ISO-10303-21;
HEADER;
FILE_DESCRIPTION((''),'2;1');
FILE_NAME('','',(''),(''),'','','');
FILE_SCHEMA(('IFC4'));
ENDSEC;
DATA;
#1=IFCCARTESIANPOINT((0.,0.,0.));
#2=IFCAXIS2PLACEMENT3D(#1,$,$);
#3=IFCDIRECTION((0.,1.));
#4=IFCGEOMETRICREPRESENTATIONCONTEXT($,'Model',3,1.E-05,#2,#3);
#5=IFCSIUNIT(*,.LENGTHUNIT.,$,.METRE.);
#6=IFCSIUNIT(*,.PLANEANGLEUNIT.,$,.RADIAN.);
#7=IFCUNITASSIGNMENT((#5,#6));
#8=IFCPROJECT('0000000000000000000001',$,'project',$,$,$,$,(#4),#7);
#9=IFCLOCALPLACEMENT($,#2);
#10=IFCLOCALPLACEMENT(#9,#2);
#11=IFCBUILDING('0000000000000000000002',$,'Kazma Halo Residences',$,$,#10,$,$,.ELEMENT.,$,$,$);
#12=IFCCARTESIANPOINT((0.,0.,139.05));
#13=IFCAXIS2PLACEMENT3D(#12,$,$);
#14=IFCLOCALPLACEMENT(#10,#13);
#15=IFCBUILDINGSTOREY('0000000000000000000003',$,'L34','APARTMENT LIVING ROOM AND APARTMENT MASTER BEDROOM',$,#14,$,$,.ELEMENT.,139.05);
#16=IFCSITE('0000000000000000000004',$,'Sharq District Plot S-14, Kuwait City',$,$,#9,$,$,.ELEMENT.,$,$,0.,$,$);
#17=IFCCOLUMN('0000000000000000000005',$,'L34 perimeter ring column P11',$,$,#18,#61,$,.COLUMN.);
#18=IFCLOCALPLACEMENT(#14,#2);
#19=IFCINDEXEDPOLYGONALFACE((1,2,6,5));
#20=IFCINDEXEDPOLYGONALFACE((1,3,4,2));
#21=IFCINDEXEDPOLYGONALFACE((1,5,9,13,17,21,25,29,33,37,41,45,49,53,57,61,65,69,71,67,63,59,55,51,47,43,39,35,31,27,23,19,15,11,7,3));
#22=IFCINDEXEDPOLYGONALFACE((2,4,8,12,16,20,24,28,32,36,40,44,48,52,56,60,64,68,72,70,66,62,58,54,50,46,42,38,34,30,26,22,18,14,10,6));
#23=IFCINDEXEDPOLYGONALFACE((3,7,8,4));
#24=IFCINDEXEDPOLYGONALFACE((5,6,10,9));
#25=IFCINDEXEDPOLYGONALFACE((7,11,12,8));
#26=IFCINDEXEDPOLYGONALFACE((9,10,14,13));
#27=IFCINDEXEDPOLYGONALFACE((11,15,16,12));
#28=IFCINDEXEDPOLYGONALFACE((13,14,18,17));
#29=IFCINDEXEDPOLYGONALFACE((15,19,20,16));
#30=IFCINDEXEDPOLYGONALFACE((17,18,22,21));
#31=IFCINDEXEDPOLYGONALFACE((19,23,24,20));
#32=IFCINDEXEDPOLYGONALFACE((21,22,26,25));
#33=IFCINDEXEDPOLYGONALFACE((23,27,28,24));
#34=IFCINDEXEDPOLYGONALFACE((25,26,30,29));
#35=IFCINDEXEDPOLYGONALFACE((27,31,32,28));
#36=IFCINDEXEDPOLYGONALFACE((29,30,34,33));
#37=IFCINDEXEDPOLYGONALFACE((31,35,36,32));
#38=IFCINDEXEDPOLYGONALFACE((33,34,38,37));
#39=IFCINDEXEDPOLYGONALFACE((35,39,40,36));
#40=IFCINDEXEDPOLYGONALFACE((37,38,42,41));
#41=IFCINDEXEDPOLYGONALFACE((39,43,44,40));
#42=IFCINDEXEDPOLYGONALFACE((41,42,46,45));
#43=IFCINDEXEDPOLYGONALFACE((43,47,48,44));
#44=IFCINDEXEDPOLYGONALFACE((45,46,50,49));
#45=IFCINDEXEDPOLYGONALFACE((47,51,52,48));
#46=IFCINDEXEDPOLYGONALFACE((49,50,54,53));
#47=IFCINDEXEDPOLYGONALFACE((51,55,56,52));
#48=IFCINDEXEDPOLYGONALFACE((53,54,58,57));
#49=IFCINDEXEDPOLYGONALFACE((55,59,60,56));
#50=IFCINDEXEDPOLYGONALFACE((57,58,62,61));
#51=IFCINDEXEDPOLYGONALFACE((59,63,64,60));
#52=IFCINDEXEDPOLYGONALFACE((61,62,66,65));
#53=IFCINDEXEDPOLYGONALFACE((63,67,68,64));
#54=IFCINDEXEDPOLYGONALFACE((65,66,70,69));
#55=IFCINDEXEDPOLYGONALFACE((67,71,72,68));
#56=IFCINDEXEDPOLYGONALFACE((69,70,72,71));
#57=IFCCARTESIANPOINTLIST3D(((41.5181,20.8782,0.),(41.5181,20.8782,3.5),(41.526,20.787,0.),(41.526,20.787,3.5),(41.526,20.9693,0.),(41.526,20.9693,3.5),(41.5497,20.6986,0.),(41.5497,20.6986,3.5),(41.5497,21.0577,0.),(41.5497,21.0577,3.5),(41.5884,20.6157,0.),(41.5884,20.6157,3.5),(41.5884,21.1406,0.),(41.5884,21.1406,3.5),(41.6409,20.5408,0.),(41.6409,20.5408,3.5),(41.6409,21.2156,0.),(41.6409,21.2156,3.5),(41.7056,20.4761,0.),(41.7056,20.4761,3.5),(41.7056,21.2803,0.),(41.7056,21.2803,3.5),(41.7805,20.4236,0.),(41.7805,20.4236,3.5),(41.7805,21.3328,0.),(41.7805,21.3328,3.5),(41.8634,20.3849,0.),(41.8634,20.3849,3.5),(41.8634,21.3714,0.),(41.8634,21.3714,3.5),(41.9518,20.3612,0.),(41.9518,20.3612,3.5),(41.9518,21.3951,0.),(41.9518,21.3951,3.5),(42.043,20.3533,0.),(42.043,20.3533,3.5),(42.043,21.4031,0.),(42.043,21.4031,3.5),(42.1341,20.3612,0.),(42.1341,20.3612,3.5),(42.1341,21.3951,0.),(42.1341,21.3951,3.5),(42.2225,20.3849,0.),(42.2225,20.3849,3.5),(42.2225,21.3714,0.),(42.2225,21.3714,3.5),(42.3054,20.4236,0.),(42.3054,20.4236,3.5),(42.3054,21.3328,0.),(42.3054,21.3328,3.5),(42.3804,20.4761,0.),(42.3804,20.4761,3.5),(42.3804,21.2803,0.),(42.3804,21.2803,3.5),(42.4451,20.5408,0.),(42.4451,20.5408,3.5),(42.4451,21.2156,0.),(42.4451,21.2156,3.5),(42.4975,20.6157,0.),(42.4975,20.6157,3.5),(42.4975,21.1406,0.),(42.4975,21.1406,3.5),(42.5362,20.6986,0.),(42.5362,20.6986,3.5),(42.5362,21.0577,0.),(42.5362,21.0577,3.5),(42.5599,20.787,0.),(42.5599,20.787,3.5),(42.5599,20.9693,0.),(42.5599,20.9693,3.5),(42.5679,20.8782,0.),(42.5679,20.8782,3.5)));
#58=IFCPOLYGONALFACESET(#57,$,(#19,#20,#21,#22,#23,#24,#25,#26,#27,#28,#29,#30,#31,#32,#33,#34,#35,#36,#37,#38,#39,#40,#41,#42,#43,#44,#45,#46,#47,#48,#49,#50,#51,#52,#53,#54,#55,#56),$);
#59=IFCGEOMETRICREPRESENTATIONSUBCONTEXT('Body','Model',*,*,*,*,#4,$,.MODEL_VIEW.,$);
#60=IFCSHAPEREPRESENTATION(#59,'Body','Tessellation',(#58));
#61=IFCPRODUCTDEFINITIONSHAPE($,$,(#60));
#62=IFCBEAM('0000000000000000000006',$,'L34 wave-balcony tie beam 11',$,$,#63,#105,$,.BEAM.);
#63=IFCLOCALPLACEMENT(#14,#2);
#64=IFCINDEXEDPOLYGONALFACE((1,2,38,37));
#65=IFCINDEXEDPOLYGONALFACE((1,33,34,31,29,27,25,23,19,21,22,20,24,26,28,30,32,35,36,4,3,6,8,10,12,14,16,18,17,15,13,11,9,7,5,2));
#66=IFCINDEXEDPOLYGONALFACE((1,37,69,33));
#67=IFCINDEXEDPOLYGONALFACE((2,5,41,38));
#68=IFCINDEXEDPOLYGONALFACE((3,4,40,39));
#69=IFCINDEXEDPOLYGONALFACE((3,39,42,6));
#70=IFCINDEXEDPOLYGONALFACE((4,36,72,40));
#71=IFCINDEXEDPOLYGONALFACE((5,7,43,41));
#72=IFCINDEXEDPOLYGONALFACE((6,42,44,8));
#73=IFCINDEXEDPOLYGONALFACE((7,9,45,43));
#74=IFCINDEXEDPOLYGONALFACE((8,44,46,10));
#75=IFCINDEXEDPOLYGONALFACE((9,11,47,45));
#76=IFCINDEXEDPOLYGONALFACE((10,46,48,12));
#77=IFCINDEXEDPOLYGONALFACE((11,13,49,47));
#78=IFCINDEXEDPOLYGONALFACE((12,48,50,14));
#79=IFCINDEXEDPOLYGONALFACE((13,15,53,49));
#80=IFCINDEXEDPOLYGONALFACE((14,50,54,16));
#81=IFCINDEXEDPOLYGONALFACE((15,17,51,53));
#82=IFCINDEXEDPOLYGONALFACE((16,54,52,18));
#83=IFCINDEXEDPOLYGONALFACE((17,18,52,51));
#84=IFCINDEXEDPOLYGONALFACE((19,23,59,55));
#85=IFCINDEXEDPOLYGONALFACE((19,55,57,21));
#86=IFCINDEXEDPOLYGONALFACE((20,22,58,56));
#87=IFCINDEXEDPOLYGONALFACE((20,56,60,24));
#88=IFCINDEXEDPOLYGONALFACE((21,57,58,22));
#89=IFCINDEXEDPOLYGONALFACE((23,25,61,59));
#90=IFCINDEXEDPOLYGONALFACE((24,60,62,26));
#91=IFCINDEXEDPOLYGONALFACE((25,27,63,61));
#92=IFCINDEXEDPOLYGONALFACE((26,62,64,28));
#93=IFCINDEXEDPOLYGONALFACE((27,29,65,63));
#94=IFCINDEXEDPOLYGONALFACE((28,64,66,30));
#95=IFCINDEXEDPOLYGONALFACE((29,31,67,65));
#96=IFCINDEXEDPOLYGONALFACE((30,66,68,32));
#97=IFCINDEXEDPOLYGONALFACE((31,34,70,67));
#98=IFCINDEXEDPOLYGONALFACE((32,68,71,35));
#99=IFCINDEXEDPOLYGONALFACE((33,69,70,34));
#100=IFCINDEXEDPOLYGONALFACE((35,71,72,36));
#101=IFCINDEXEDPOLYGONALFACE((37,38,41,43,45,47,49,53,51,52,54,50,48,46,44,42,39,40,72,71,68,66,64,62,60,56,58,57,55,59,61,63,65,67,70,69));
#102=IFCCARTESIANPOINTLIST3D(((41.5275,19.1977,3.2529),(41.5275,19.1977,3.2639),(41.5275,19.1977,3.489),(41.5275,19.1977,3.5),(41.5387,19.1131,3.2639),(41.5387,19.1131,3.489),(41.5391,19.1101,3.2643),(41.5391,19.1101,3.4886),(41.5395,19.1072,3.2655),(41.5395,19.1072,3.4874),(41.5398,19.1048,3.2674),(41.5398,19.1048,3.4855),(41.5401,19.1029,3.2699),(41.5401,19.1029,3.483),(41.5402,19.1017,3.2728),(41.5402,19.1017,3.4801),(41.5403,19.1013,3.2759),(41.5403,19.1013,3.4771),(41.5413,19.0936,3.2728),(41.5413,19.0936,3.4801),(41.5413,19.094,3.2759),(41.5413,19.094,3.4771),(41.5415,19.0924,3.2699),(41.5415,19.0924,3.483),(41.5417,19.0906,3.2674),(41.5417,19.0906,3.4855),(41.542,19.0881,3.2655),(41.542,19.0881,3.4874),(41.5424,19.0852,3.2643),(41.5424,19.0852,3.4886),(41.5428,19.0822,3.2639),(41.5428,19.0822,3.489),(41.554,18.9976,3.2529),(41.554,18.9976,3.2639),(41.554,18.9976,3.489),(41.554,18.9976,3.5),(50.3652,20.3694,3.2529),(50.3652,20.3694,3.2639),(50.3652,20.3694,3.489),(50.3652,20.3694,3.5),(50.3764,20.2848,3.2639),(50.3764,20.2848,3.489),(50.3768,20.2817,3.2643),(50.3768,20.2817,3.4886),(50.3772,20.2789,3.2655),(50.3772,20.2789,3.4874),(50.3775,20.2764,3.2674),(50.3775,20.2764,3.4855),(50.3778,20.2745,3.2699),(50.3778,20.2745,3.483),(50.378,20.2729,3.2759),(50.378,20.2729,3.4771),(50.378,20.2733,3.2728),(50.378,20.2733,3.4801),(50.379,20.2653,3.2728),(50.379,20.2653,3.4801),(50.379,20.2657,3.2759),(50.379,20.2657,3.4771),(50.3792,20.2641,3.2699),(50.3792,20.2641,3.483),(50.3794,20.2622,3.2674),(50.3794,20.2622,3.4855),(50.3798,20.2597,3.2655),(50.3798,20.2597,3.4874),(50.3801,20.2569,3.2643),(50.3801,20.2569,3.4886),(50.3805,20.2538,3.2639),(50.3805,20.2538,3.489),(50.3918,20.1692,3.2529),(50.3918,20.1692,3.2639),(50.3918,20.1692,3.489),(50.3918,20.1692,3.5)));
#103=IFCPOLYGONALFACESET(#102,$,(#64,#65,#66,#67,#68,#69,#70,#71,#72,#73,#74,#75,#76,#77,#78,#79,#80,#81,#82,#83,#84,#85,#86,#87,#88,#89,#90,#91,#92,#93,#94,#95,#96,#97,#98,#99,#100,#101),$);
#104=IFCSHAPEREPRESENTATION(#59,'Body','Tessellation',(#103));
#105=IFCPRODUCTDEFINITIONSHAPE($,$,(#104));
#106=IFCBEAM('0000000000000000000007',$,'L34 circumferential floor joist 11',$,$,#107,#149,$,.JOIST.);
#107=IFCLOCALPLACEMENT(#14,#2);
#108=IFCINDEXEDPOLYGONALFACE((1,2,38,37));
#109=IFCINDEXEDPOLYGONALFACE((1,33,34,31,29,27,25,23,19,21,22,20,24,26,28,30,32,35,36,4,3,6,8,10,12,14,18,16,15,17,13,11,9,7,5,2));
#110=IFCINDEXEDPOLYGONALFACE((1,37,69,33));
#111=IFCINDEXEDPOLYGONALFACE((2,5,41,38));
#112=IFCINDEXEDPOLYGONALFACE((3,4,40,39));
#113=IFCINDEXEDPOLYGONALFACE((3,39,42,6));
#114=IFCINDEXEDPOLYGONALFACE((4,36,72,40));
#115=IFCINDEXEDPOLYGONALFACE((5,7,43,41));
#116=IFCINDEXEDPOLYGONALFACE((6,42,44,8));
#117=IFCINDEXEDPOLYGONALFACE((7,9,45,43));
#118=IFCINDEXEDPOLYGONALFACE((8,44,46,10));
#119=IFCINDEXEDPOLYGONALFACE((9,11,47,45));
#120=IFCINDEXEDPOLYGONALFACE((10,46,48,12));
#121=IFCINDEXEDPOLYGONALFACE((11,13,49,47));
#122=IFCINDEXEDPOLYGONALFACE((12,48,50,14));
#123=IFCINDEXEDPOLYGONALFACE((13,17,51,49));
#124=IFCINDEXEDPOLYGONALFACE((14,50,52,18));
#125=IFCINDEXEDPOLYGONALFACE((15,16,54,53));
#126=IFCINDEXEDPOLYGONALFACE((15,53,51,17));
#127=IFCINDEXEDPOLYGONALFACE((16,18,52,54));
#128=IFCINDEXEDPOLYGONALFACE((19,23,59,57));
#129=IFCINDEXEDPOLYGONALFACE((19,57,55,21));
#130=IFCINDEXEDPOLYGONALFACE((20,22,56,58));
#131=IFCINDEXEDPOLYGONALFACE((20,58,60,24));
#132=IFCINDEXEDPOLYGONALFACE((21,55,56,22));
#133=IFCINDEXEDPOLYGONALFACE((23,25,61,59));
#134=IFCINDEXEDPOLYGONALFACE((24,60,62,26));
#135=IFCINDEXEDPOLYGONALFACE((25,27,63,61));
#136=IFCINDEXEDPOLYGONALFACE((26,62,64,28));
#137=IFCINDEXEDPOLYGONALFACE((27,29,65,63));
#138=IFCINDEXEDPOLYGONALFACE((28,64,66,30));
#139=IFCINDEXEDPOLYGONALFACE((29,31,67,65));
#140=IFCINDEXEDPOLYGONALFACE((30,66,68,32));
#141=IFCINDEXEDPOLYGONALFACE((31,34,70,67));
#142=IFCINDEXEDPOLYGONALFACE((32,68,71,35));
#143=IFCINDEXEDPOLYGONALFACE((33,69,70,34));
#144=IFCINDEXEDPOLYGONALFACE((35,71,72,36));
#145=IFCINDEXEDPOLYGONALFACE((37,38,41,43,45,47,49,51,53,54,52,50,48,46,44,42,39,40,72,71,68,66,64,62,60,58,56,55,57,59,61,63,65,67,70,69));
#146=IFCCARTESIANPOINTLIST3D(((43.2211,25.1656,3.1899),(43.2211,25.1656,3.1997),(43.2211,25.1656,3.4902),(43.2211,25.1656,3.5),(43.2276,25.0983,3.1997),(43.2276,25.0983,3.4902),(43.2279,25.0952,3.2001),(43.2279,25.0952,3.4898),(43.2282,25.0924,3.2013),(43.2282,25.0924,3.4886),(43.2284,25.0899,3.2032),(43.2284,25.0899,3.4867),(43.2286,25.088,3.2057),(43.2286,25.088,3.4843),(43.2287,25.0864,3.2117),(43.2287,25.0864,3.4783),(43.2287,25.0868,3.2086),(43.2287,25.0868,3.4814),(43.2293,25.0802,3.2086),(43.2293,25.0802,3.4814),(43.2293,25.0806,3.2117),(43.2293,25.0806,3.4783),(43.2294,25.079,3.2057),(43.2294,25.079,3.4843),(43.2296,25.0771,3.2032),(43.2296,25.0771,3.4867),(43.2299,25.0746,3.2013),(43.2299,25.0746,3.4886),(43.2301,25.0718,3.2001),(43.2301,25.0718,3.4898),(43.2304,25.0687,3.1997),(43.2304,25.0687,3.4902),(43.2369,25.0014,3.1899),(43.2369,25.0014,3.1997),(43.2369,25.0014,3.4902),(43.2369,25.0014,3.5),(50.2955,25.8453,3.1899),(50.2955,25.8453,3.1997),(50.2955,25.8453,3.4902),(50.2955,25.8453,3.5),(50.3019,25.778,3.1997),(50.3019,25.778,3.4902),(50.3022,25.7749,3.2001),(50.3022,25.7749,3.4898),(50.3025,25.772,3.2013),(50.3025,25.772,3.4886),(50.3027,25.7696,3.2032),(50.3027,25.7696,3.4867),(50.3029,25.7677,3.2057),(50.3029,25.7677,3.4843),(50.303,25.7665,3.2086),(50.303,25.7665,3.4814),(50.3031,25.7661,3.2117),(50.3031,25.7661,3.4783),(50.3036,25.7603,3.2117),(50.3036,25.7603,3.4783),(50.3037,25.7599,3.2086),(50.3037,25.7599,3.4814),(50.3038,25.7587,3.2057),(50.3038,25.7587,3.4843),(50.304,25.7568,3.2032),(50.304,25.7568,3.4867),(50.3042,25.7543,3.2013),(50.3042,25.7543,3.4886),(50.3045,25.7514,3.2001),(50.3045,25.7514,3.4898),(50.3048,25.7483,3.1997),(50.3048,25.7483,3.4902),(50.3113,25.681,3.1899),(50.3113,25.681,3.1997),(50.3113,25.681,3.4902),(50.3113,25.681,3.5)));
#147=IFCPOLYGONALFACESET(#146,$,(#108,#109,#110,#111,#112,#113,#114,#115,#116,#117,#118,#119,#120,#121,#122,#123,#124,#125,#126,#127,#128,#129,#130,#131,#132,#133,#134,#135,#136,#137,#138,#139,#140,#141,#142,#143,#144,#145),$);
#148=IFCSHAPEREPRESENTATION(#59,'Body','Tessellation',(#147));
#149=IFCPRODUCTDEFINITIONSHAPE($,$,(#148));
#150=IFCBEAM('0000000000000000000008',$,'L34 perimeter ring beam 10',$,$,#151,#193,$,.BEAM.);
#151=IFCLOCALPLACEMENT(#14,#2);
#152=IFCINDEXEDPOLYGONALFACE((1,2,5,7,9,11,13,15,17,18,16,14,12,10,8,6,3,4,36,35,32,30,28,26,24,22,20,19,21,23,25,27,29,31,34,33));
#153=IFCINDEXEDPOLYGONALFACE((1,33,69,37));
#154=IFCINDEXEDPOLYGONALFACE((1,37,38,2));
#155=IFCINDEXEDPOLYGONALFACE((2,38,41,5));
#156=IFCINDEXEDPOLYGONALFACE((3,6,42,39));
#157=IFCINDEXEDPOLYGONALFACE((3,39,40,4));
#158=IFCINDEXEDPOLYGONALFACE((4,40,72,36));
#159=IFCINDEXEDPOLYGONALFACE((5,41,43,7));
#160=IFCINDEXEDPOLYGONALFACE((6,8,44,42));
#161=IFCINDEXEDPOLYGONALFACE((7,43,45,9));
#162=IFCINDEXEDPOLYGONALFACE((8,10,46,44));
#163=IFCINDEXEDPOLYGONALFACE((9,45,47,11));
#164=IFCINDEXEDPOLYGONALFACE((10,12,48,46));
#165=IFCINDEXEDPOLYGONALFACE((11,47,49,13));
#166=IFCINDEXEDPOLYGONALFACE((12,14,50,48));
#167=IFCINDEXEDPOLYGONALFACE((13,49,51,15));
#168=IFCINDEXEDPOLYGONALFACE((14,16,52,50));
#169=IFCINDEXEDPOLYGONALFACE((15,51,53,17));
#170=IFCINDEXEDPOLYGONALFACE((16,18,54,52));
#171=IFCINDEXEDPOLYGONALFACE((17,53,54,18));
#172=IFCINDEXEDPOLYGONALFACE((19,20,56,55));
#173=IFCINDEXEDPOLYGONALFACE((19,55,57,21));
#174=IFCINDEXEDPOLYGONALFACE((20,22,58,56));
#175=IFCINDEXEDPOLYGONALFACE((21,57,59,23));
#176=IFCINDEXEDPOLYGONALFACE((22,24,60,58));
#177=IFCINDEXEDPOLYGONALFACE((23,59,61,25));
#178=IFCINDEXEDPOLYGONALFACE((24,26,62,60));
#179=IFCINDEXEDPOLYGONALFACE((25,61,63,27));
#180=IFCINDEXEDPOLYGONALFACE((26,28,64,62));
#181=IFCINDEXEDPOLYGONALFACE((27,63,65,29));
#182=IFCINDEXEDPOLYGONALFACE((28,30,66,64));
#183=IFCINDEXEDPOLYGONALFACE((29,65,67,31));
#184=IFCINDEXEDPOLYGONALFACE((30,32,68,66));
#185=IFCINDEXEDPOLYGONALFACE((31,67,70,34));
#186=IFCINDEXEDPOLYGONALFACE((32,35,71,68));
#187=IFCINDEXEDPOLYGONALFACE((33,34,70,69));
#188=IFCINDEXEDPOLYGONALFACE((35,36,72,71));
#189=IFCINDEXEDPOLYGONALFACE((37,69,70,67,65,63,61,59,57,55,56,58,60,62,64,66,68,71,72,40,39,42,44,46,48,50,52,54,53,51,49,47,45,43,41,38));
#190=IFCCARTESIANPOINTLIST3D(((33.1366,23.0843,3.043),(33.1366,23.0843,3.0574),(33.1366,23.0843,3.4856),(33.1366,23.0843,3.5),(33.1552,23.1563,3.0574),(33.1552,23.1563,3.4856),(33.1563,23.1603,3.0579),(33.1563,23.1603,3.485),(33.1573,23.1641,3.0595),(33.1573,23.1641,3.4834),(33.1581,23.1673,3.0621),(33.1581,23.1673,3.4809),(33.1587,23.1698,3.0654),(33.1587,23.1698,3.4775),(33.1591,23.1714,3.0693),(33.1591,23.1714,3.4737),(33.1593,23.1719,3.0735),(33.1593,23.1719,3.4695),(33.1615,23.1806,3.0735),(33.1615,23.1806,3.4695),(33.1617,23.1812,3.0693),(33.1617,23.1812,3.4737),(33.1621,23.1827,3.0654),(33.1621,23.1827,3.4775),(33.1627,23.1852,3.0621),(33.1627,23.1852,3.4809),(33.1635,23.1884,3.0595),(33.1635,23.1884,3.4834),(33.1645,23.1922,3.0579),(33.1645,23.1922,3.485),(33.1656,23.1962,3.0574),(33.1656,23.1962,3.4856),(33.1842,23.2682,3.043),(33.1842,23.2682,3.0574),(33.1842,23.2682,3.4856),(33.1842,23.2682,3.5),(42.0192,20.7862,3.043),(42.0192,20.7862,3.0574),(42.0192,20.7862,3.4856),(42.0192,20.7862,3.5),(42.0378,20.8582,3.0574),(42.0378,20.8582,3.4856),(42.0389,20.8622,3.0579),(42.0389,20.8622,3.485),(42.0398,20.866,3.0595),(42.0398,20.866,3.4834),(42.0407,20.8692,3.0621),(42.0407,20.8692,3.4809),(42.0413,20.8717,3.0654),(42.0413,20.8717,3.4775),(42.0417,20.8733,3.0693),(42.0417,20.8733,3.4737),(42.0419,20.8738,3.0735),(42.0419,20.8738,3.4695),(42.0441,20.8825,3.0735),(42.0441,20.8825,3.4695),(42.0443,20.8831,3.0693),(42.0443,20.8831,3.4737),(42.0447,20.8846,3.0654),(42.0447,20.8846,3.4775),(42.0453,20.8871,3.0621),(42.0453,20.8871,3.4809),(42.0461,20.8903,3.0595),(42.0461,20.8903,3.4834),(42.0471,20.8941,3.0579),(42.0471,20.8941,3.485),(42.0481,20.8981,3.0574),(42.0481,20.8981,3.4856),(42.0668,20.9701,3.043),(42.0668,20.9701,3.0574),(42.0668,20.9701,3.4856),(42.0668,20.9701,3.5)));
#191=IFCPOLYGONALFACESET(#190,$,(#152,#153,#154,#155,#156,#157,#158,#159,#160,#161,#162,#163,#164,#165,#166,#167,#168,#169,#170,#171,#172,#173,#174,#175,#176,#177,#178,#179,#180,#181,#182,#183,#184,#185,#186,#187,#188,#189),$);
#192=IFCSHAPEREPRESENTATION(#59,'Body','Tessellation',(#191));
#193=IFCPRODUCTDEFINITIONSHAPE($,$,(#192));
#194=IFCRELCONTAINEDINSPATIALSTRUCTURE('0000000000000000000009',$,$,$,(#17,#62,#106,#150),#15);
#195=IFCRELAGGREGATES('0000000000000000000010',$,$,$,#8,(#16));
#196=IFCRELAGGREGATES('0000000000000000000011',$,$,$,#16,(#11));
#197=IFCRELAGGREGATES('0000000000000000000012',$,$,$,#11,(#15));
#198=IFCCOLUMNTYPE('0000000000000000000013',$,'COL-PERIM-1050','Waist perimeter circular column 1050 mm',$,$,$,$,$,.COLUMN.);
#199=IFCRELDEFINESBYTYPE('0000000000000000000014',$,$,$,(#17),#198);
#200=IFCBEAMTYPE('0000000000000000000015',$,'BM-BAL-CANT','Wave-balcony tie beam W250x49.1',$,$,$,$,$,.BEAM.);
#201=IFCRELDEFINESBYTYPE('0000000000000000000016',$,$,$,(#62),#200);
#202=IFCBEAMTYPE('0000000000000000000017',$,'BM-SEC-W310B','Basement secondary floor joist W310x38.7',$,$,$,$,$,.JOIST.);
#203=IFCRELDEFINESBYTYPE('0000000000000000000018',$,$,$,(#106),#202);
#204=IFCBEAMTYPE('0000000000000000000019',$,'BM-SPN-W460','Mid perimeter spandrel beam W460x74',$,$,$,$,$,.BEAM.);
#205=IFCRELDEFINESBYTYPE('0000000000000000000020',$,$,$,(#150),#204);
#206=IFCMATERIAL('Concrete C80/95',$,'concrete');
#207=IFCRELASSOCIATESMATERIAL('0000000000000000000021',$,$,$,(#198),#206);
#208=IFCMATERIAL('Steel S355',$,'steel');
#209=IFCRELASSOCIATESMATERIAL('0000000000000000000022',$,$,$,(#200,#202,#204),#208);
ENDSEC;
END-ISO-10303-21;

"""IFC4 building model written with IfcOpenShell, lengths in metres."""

from ifc_helpers import new_model, si_unit, direction, frame, origin, origin_2d, place, context, subcontext, project, spatial, circle, i_section, extrude, material, material_profile, profile_set, type_object, element, save


model = new_model("IFC4")

# Units and contexts
model_context = context("Model", 3, precision=1e-05, world=origin(), true_north=direction((0.0, 1.0)))
body_context = subcontext(model_context, "Body", "Model", "MODEL_VIEW")
ifc_project = project(units=[si_unit("LENGTHUNIT", "METRE"), si_unit("PLANEANGLEUNIT", "RADIAN")], contexts=[model_context])

# Site, building, storey
site_placement = place(None, origin())
site = spatial("IfcSite", under=ifc_project, at=site_placement, Name="Sharq District Plot S-14, Kuwait City", CompositionType="ELEMENT", RefElevation=0.0)
building_placement = place(site_placement, origin())
building = spatial("IfcBuilding", under=site, at=building_placement, Name="Kazma Halo Residences", CompositionType="ELEMENT")
storey_placement = place(building_placement, frame((0.0, 0.0, 139.05)))
storey = spatial("IfcBuildingStorey", under=building, at=storey_placement, Name="L34", Description="APARTMENT LIVING ROOM AND APARTMENT MASTER BEDROOM", CompositionType="ELEMENT", Elevation=139.05)

# Column
ifc_material_1 = material(Name="Concrete C80/95", Category="concrete")
ifc_material_profile_1 = material_profile(ifc_material_1, circle(Radius=0.5249, at=origin_2d()), Name="CIRC1050")
ifc_profile_set_1 = profile_set([ifc_material_profile_1], Name="Concrete C80/95")
column_type = type_object("IfcColumnType", Name="COL-PERIM-1050", Description="Waist perimeter circular column 1050 mm", PredefinedType="COLUMN", material=ifc_profile_set_1)
column_placement = place(storey_placement, frame((42.043, 20.8782, 0.0), z_axis=(0.0, 0.0, 1.0), x_axis=(1.0, 0.0, 0.0)))
element("IfcColumn", 1, at=column_placement, inside=storey, type_object=column_type, Name="L34 perimeter ring column P11", PredefinedType="COLUMN", context=body_context, shape_type="SweptSolid", body=[
    extrude(circle(Radius=0.5249, at=origin_2d()), origin(), (0.0, 0.0, 1.0), 3.5),
])

# Beams
ifc_material_2 = material(Name="Steel S355", Category="steel")
ifc_material_profile_2 = material_profile(ifc_material_2, i_section(OverallWidth=0.2019, OverallDepth=0.2471, WebThickness=0.0073, FlangeThickness=0.011, FilletRadius=0.012, at=origin_2d()), Name="W250x49.1")
ifc_profile_set_2 = profile_set([ifc_material_profile_2], Name="Steel S355")
beam_type_1 = type_object("IfcBeamType", Name="BM-BAL-CANT", Description="Wave-balcony tie beam W250x49.1", PredefinedType="BEAM", material=ifc_profile_set_2)
beam_1_placement = place(storey_placement, frame((41.5408, 19.0977, 3.3765), z_axis=(0.991326, 0.131423, 0.0), x_axis=(-0.131423, 0.991326, 0.0)))
element("IfcBeam", 2, at=beam_1_placement, inside=storey, type_object=beam_type_1, Name="L34 wave-balcony tie beam 11", PredefinedType="BEAM", context=body_context, shape_type="SweptSolid", body=[
    extrude(i_section(OverallWidth=0.2019, OverallDepth=0.2471, WebThickness=0.0073, FlangeThickness=0.011, FilletRadius=0.012, at=origin_2d()), origin(), (0.0, 0.0, 1.0), 8.915),
])
ifc_material_profile_3 = material_profile(ifc_material_2, i_section(OverallWidth=0.165, OverallDepth=0.3101, WebThickness=0.0059, FlangeThickness=0.0098, FilletRadius=0.012, at=origin_2d()), Name="W310x38.7")
ifc_profile_set_3 = profile_set([ifc_material_profile_3], Name="Steel S355")
beam_type_2 = type_object("IfcBeamType", Name="BM-SEC-W310B", Description="Basement secondary floor joist W310x38.7", PredefinedType="JOIST", material=ifc_profile_set_3)
beam_2_placement = place(storey_placement, frame((43.229, 25.0835, 3.345), z_axis=(0.995416, 0.095636, 0.0), x_axis=(-0.095636, 0.995416, 0.0)))
element("IfcBeam", 3, at=beam_2_placement, inside=storey, type_object=beam_type_2, Name="L34 circumferential floor joist 11", PredefinedType="JOIST", context=body_context, shape_type="SweptSolid", body=[
    extrude(i_section(OverallWidth=0.165, OverallDepth=0.3101, WebThickness=0.0059, FlangeThickness=0.0098, FilletRadius=0.012, at=origin_2d()), origin(), (0.0, 0.0, 1.0), 7.1069),
])
ifc_material_profile_4 = material_profile(ifc_material_2, i_section(OverallWidth=0.1899, OverallDepth=0.457, WebThickness=0.009, FlangeThickness=0.0144, FilletRadius=0.0161, at=origin_2d()), Name="W460x74")
ifc_profile_set_4 = profile_set([ifc_material_profile_4], Name="Steel S355")
beam_type_3 = type_object("IfcBeamType", Name="BM-SPN-W460", Description="Mid perimeter spandrel beam W460x74", PredefinedType="BEAM", material=ifc_profile_set_4)
beam_3_placement = place(storey_placement, frame((33.1604, 23.1763, 3.2715), z_axis=(0.968124, -0.250473, 0.0), x_axis=(0.250473, 0.968124, 0.0)))
element("IfcBeam", 4, at=beam_3_placement, inside=storey, type_object=beam_type_3, Name="L34 perimeter ring beam 10", PredefinedType="BEAM", context=body_context, shape_type="SweptSolid", body=[
    extrude(i_section(OverallWidth=0.1899, OverallDepth=0.457, WebThickness=0.009, FlangeThickness=0.0144, FilletRadius=0.0161, at=origin_2d()), origin(), (0.0, 0.0, 1.0), 9.175),
])

save(model, "model.ifc")
